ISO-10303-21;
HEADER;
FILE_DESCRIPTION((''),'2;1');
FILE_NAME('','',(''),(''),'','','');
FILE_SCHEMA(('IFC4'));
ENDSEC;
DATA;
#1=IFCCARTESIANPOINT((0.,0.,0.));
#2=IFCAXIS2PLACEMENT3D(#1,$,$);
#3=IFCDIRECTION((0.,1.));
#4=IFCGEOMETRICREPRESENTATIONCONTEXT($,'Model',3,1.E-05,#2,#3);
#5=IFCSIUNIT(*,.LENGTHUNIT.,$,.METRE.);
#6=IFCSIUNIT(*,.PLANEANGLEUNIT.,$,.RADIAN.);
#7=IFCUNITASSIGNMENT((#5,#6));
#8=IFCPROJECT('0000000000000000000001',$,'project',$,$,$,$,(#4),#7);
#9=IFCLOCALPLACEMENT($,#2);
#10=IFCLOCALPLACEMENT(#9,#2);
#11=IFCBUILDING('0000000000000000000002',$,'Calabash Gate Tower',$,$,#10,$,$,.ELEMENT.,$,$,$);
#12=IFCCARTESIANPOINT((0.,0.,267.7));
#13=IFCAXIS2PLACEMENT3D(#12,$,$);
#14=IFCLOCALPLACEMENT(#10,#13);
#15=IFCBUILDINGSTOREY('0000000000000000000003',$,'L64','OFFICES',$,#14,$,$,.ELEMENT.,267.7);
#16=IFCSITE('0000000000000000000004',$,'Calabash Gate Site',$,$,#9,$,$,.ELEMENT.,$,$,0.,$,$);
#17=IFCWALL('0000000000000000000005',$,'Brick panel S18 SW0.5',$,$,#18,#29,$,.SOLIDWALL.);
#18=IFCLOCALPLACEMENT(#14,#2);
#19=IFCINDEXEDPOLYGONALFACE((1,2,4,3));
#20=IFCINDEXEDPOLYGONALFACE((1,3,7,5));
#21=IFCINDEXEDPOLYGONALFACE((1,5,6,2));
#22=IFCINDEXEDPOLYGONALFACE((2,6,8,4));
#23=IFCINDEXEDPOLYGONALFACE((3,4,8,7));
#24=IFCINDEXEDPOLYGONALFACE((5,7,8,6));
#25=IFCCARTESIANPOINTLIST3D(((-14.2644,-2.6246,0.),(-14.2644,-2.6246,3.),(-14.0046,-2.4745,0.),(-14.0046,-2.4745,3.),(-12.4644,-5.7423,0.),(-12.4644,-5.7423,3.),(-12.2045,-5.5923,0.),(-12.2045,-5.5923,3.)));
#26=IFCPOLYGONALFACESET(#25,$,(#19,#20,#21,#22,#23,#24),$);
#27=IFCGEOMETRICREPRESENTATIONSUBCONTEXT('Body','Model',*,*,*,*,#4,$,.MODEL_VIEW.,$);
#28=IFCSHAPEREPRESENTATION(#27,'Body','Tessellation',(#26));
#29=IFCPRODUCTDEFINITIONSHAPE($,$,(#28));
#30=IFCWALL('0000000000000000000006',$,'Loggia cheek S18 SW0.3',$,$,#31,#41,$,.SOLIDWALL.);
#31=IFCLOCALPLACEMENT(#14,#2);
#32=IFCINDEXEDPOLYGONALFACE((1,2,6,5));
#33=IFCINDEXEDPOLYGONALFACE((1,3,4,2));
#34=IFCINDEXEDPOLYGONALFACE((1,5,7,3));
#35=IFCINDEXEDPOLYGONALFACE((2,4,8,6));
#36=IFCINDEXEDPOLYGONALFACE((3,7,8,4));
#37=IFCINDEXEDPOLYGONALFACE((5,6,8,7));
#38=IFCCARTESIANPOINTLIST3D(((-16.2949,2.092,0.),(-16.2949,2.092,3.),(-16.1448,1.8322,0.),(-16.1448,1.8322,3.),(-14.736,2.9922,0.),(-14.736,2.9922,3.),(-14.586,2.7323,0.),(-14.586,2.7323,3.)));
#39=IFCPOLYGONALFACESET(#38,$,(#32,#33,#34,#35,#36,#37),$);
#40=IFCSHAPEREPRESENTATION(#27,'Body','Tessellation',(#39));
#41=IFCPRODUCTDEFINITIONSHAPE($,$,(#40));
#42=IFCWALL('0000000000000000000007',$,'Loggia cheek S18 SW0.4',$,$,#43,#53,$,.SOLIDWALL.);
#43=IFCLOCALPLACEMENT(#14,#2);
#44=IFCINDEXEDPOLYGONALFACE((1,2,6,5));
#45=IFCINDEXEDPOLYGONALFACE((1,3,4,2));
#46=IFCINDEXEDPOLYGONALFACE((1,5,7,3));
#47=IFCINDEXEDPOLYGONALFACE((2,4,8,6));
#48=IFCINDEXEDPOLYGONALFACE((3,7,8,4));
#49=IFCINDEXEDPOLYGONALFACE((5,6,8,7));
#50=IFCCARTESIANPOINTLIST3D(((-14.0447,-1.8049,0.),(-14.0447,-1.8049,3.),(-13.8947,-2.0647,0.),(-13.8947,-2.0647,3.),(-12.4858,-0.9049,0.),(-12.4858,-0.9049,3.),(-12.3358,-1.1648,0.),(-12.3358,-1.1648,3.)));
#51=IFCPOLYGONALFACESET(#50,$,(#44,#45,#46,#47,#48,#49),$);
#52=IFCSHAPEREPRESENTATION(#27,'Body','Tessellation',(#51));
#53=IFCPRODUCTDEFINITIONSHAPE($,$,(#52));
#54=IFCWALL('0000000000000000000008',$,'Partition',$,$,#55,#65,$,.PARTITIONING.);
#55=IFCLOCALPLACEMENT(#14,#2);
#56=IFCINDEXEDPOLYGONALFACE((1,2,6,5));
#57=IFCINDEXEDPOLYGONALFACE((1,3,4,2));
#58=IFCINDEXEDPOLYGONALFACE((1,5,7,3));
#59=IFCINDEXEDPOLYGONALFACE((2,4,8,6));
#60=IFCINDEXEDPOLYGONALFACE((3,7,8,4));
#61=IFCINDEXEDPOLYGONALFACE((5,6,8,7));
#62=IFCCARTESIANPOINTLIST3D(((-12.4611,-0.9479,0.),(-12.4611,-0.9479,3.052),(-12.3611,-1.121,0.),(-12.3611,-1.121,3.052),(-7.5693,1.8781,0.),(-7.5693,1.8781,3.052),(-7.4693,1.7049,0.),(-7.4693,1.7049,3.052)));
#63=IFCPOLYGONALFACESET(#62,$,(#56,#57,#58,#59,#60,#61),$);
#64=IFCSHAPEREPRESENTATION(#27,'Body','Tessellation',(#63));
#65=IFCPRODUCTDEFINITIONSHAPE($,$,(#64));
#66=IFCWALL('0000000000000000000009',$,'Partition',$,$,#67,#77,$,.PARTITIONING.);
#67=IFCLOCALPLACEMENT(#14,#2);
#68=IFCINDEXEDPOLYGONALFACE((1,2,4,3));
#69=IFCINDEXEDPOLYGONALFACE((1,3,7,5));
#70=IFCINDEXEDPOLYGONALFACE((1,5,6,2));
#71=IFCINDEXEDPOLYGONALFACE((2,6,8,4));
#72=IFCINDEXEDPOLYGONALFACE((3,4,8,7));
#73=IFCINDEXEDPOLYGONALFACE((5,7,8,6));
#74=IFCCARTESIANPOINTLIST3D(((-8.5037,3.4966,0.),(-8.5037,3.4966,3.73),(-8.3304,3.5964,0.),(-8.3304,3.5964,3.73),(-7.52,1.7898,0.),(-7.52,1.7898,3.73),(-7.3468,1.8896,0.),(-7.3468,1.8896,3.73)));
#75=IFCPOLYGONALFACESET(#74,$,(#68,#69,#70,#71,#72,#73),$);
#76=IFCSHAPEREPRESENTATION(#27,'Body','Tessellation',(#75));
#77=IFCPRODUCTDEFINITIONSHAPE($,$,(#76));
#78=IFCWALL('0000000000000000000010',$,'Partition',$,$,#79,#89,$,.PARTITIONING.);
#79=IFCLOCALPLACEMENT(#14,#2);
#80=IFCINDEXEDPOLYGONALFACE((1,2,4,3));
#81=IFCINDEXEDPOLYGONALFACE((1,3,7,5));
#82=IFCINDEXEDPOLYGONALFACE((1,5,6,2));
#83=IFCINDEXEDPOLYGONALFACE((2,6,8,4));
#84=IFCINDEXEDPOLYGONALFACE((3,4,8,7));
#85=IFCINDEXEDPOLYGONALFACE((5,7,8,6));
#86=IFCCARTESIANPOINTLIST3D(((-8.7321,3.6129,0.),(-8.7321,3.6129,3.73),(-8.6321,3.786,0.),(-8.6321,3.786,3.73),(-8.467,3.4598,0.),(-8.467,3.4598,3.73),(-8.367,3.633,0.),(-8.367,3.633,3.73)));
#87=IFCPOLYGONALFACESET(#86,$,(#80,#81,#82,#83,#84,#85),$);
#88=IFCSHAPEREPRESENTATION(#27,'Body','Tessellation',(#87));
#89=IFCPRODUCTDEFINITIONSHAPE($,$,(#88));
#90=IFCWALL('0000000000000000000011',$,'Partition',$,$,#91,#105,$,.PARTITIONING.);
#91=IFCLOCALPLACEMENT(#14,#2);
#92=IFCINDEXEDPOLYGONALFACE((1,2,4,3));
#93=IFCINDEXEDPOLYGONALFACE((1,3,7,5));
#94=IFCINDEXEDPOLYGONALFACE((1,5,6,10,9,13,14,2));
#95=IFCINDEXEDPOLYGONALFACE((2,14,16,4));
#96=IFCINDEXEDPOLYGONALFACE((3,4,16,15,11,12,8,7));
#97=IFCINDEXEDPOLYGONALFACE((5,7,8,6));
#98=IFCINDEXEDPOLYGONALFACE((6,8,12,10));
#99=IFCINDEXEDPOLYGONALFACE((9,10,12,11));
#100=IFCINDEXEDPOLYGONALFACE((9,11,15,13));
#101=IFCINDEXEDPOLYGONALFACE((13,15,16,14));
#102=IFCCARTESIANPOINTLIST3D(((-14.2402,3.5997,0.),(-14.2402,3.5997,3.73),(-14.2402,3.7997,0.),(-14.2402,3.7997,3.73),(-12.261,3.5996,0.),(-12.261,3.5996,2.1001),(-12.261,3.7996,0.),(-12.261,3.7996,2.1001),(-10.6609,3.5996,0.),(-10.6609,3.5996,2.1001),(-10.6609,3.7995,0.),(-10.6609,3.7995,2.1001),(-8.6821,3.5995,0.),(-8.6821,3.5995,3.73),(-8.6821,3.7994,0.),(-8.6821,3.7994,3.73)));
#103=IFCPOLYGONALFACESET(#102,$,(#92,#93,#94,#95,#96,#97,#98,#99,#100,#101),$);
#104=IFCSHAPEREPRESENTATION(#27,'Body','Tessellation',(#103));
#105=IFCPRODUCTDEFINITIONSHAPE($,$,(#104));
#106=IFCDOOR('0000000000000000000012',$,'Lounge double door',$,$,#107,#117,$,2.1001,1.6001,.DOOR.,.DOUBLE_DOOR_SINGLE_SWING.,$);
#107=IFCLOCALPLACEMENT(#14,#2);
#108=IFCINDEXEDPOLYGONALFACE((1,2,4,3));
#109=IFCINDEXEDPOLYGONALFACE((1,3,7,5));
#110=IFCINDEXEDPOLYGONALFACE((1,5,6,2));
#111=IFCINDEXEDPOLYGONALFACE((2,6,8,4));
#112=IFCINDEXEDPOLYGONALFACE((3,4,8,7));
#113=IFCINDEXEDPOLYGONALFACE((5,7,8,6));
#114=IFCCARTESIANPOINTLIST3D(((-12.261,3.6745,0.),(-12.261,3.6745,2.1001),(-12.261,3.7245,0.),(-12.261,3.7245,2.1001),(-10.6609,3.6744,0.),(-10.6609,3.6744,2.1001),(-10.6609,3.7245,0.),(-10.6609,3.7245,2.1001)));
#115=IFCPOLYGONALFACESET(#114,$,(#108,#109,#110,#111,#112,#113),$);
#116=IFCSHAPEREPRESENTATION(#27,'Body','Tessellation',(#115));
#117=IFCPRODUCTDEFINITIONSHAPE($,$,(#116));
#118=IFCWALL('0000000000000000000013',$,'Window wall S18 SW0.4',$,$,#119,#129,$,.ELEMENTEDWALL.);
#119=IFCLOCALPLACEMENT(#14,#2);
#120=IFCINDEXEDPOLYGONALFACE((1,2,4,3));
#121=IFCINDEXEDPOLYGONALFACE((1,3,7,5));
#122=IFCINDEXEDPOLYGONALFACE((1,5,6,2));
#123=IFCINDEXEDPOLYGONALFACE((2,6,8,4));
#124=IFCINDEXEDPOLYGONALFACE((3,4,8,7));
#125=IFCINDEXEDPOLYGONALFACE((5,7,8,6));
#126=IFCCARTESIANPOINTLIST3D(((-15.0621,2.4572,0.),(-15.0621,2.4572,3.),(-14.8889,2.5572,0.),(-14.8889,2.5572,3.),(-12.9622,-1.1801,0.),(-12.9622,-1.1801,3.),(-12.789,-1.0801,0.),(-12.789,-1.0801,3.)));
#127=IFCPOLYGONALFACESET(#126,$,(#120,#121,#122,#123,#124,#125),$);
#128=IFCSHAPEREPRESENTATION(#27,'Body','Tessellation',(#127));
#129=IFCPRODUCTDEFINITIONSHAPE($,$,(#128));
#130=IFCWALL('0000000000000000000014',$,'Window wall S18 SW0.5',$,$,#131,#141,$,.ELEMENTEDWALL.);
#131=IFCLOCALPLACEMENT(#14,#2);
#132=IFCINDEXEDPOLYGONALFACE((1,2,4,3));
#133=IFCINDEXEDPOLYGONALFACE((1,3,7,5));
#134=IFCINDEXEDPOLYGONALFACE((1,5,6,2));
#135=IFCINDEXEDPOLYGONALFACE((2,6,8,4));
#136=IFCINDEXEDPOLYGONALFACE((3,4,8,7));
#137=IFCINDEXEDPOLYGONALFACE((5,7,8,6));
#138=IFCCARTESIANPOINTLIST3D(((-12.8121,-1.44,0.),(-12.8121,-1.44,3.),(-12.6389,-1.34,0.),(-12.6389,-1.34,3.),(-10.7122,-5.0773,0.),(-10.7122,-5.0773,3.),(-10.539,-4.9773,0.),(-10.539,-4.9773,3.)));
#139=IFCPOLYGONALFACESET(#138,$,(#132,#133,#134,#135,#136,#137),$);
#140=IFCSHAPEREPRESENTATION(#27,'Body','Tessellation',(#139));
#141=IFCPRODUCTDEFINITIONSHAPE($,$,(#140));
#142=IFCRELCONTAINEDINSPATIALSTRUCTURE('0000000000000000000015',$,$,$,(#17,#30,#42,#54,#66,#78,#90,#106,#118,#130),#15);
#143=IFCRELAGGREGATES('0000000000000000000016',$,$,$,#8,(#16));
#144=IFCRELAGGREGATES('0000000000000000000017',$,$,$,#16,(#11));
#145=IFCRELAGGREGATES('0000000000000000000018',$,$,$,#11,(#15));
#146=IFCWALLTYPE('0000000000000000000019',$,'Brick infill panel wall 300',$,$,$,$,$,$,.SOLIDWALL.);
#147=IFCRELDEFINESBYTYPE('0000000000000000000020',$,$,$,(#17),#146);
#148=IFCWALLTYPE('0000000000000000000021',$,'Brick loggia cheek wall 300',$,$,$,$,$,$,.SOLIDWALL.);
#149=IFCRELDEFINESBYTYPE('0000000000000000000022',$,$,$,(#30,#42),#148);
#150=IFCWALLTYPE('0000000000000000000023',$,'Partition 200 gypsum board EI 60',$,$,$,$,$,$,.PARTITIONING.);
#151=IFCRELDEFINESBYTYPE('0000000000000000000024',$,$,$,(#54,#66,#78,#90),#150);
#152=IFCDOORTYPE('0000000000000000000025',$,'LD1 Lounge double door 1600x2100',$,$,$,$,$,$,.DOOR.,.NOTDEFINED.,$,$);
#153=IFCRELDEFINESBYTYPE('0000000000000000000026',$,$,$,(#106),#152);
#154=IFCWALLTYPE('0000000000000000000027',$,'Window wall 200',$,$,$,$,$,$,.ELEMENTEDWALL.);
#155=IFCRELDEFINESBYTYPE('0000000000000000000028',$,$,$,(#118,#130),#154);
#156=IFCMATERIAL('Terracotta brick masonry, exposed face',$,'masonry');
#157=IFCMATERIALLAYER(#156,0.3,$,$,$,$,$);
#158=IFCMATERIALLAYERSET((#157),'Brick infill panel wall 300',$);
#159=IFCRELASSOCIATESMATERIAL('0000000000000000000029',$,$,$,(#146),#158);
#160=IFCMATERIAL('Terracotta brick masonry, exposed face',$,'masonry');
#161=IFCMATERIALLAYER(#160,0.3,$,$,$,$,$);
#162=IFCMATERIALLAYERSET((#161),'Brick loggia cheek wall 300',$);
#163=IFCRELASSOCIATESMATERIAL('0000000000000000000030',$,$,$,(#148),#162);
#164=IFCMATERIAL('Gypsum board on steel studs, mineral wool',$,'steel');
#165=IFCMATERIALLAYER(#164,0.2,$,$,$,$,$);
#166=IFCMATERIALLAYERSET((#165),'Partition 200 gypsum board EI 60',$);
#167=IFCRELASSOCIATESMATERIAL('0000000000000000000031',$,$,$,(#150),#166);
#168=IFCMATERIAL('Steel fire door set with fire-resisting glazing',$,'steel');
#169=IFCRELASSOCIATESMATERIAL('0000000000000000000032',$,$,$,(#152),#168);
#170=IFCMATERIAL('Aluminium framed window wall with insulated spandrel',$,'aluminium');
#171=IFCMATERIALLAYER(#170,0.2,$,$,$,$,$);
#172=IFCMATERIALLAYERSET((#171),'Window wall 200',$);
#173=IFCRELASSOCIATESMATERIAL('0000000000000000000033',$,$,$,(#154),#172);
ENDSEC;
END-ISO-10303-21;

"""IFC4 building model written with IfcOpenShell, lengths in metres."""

from ifc_helpers import new_model, si_unit, direction, frame, frame_2d, origin, place, context, subcontext, project, spatial, rectangle, extrude, material, layer, layer_set, type_object, element, fill, save


model = new_model("IFC4")

# Units and contexts
model_context = context("Model", 3, precision=1e-05, world=origin(), true_north=direction((0.0, 1.0)))
body_context = subcontext(model_context, "Body", "Model", "MODEL_VIEW")
ifc_project = project(units=[si_unit("LENGTHUNIT", "METRE"), si_unit("PLANEANGLEUNIT", "RADIAN")], contexts=[model_context])

# Site, building, storey
site_placement = place(None, origin())
site = spatial("IfcSite", under=ifc_project, at=site_placement, Name="Calabash Gate Site", CompositionType="ELEMENT", RefElevation=0.0)
building_placement = place(site_placement, origin())
building = spatial("IfcBuilding", under=site, at=building_placement, Name="Calabash Gate Tower", CompositionType="ELEMENT")
storey_placement = place(building_placement, frame((0.0, 0.0, 267.7)))
storey = spatial("IfcBuildingStorey", under=building, at=storey_placement, Name="L64", Description="OFFICES", CompositionType="ELEMENT", Elevation=267.7)

# Walls
ifc_material_1 = material(Name="Terracotta brick masonry, exposed face", Category="masonry")
ifc_layer_1 = layer(ifc_material_1, 0.3)
ifc_layer_set_1 = layer_set([ifc_layer_1], Name="Brick infill panel wall 300")
wall_type_1 = type_object("IfcWallType", Name="Brick infill panel wall 300", PredefinedType="SOLIDWALL", material=ifc_layer_set_1)
for number, where, z_axis, x_axis, name in (
    (1, (-14.1345, -2.5496, 0.0), (0.0, 0.0, 1.0), (0.500012, -0.866018, 0.0), "Brick panel S18 SW0.5"),
):
    element("IfcWall", number, at=place(storey_placement, frame(where, z_axis=z_axis, x_axis=x_axis)), inside=storey, type_object=wall_type_1, Name=name, PredefinedType="SOLIDWALL", context=body_context, shape_type="SweptSolid", body=[
        extrude(rectangle(XDim=3.6001, YDim=0.3, at=frame_2d((1.8, 0.0))), origin(), (0.0, 0.0, 1.0), 3.0),
    ])
ifc_material_2 = material(Name="Terracotta brick masonry, exposed face", Category="masonry")
ifc_layer_2 = layer(ifc_material_2, 0.3)
ifc_layer_set_2 = layer_set([ifc_layer_2], Name="Brick loggia cheek wall 300")
wall_type_2 = type_object("IfcWallType", Name="Brick loggia cheek wall 300", PredefinedType="SOLIDWALL", material=ifc_layer_set_2)
for number, where, z_axis, x_axis, name in (
    (2, (-16.2197, 1.9622, 0.0), (0.0, 0.0, 1.0), (0.865989, 0.500063, 0.0), "Loggia cheek S18 SW0.3"),
    (3, (-12.4109, -1.0349, 0.0), (0.0, 0.0, 1.0), (-0.866048, -0.499961, 0.0), "Loggia cheek S18 SW0.4"),
):
    element("IfcWall", number, at=place(storey_placement, frame(where, z_axis=z_axis, x_axis=x_axis)), inside=storey, type_object=wall_type_2, Name=name, PredefinedType="SOLIDWALL", context=body_context, shape_type="SweptSolid", body=[
        extrude(rectangle(XDim=1.8, YDim=0.3, at=frame_2d((0.8999, 0.0))), origin(), (0.0, 0.0, 1.0), 3.0),
    ])
ifc_material_3 = material(Name="Gypsum board on steel studs, mineral wool", Category="steel")
ifc_layer_3 = layer(ifc_material_3, 0.2)
ifc_layer_set_3 = layer_set([ifc_layer_3], Name="Partition 200 gypsum board EI 60")
wall_type_3 = type_object("IfcWallType", Name="Partition 200 gypsum board EI 60", PredefinedType="PARTITIONING", material=ifc_layer_set_3)
wall_1_placement = place(storey_placement, frame((-12.4111, -1.0344, 0.0), z_axis=(0.0, 0.0, 1.0), x_axis=(0.865901, 0.500215, 0.0)))
element("IfcWall", 4, at=wall_1_placement, inside=storey, type_object=wall_type_3, Name="Partition", PredefinedType="PARTITIONING", context=body_context, shape_type="SweptSolid", body=[
    extrude(rectangle(XDim=5.6494, YDim=0.2, at=frame_2d((2.8247, 0.0))), origin(), (0.0, 0.0, 1.0), 3.052),
])
wall_2_placement = place(storey_placement, frame((-8.417, 3.5464, 0.0), z_axis=(0.0, 0.0, 1.0), x_axis=(0.499325, -0.866415, 0.0)))
element("IfcWall", 5, at=wall_2_placement, inside=storey, type_object=wall_type_3, Name="Partition", PredefinedType="PARTITIONING", context=body_context, shape_type="SweptSolid", body=[
    extrude(rectangle(XDim=1.97, YDim=0.2, at=frame_2d((0.9849, 0.0))), origin(), (0.0, 0.0, 1.0), 3.73),
])
wall_3_placement = place(storey_placement, frame((-8.6821, 3.6995, 0.0), z_axis=(0.0, 0.0, 1.0), x_axis=(0.866026, -0.499999, 0.0)))
element("IfcWall", 6, at=wall_3_placement, inside=storey, type_object=wall_type_3, Name="Partition", PredefinedType="PARTITIONING", context=body_context, shape_type="SweptSolid", body=[
    extrude(rectangle(XDim=0.3062, YDim=0.2, at=frame_2d((0.1531, 0.0))), origin(), (0.0, 0.0, 1.0), 3.73),
])

# Wall, opening, door
wall_4_placement = place(storey_placement, frame((-14.2402, 3.6997, 0.0), z_axis=(0.0, 0.0, 1.0), x_axis=(1.0, -0.000044, 0.0)))
wall_4 = element("IfcWall", 7, at=wall_4_placement, inside=storey, type_object=wall_type_3, Name="Partition", PredefinedType="PARTITIONING", context=body_context, shape_type="SweptSolid", body=[
    extrude(rectangle(XDim=5.5581, YDim=0.2, at=frame_2d((2.7791, 0.0))), origin(), (0.0, 0.0, 1.0), 3.73),
])
opening_placement = place(wall_4_placement, frame((1.9792, 0.0, 0.0)))
opening = element("IfcOpeningElement", 8, at=opening_placement, cuts=wall_4, PredefinedType="OPENING", context=body_context, shape_type="SweptSolid", body=[
    extrude(rectangle(XDim=1.6001, YDim=2.1001, at=frame_2d((0.8, 1.05))), frame((0.0, 0.1099, 0.0), z_axis=(0.0, -1.0, 0.0), x_axis=(1.0, 0.0, 0.0)), (0.0, 0.0, 1.0), 0.22),
])
ifc_material_4 = material(Name="Steel fire door set with fire-resisting glazing", Category="steel")
door_type = type_object("IfcDoorType", Name="LD1 Lounge double door 1600x2100", OperationType="NOTDEFINED", PredefinedType="DOOR", material=ifc_material_4)
door_placement = place(opening_placement, origin())
door = element("IfcDoor", 9, at=door_placement, inside=storey, type_object=door_type, Name="Lounge double door", OperationType="DOUBLE_DOOR_SINGLE_SWING", OverallHeight=2.1001, OverallWidth=1.6001, PredefinedType="DOOR", context=body_context, shape_type="SweptSolid", body=[
    extrude(rectangle(XDim=1.6001, YDim=2.1001, at=frame_2d((0.8, 1.05))), frame((0.0, 0.0249, 0.0), z_axis=(0.0, -1.0, 0.0), x_axis=(1.0, 0.0, 0.0)), (0.0, 0.0, 1.0), 0.05),
])
fill(opening, door)

# Walls
ifc_material_5 = material(Name="Aluminium framed window wall with insulated spandrel", Category="aluminium")
ifc_layer_4 = layer(ifc_material_5, 0.2)
ifc_layer_set_4 = layer_set([ifc_layer_4], Name="Window wall 200")
wall_type_4 = type_object("IfcWallType", Name="Window wall 200", PredefinedType="ELEMENTEDWALL", material=ifc_layer_set_4)
for number, where, z_axis, x_axis, name in (
    (10, (-14.9756, 2.5073, 0.0), (0.0, 0.0, 1.0), (0.499984, -0.866035, 0.0), "Window wall S18 SW0.4"),
    (11, (-12.7256, -1.3899, 0.0), (0.0, 0.0, 1.0), (0.499984, -0.866035, 0.0), "Window wall S18 SW0.5"),
):
    element("IfcWall", number, at=place(storey_placement, frame(where, z_axis=z_axis, x_axis=x_axis)), inside=storey, type_object=wall_type_4, Name=name, PredefinedType="ELEMENTEDWALL", context=body_context, shape_type="SweptSolid", body=[
        extrude(rectangle(XDim=4.2, YDim=0.2, at=frame_2d((2.1001, 0.0))), origin(), (0.0, 0.0, 1.0), 3.0),
    ])

save(model, "model.ifc")
